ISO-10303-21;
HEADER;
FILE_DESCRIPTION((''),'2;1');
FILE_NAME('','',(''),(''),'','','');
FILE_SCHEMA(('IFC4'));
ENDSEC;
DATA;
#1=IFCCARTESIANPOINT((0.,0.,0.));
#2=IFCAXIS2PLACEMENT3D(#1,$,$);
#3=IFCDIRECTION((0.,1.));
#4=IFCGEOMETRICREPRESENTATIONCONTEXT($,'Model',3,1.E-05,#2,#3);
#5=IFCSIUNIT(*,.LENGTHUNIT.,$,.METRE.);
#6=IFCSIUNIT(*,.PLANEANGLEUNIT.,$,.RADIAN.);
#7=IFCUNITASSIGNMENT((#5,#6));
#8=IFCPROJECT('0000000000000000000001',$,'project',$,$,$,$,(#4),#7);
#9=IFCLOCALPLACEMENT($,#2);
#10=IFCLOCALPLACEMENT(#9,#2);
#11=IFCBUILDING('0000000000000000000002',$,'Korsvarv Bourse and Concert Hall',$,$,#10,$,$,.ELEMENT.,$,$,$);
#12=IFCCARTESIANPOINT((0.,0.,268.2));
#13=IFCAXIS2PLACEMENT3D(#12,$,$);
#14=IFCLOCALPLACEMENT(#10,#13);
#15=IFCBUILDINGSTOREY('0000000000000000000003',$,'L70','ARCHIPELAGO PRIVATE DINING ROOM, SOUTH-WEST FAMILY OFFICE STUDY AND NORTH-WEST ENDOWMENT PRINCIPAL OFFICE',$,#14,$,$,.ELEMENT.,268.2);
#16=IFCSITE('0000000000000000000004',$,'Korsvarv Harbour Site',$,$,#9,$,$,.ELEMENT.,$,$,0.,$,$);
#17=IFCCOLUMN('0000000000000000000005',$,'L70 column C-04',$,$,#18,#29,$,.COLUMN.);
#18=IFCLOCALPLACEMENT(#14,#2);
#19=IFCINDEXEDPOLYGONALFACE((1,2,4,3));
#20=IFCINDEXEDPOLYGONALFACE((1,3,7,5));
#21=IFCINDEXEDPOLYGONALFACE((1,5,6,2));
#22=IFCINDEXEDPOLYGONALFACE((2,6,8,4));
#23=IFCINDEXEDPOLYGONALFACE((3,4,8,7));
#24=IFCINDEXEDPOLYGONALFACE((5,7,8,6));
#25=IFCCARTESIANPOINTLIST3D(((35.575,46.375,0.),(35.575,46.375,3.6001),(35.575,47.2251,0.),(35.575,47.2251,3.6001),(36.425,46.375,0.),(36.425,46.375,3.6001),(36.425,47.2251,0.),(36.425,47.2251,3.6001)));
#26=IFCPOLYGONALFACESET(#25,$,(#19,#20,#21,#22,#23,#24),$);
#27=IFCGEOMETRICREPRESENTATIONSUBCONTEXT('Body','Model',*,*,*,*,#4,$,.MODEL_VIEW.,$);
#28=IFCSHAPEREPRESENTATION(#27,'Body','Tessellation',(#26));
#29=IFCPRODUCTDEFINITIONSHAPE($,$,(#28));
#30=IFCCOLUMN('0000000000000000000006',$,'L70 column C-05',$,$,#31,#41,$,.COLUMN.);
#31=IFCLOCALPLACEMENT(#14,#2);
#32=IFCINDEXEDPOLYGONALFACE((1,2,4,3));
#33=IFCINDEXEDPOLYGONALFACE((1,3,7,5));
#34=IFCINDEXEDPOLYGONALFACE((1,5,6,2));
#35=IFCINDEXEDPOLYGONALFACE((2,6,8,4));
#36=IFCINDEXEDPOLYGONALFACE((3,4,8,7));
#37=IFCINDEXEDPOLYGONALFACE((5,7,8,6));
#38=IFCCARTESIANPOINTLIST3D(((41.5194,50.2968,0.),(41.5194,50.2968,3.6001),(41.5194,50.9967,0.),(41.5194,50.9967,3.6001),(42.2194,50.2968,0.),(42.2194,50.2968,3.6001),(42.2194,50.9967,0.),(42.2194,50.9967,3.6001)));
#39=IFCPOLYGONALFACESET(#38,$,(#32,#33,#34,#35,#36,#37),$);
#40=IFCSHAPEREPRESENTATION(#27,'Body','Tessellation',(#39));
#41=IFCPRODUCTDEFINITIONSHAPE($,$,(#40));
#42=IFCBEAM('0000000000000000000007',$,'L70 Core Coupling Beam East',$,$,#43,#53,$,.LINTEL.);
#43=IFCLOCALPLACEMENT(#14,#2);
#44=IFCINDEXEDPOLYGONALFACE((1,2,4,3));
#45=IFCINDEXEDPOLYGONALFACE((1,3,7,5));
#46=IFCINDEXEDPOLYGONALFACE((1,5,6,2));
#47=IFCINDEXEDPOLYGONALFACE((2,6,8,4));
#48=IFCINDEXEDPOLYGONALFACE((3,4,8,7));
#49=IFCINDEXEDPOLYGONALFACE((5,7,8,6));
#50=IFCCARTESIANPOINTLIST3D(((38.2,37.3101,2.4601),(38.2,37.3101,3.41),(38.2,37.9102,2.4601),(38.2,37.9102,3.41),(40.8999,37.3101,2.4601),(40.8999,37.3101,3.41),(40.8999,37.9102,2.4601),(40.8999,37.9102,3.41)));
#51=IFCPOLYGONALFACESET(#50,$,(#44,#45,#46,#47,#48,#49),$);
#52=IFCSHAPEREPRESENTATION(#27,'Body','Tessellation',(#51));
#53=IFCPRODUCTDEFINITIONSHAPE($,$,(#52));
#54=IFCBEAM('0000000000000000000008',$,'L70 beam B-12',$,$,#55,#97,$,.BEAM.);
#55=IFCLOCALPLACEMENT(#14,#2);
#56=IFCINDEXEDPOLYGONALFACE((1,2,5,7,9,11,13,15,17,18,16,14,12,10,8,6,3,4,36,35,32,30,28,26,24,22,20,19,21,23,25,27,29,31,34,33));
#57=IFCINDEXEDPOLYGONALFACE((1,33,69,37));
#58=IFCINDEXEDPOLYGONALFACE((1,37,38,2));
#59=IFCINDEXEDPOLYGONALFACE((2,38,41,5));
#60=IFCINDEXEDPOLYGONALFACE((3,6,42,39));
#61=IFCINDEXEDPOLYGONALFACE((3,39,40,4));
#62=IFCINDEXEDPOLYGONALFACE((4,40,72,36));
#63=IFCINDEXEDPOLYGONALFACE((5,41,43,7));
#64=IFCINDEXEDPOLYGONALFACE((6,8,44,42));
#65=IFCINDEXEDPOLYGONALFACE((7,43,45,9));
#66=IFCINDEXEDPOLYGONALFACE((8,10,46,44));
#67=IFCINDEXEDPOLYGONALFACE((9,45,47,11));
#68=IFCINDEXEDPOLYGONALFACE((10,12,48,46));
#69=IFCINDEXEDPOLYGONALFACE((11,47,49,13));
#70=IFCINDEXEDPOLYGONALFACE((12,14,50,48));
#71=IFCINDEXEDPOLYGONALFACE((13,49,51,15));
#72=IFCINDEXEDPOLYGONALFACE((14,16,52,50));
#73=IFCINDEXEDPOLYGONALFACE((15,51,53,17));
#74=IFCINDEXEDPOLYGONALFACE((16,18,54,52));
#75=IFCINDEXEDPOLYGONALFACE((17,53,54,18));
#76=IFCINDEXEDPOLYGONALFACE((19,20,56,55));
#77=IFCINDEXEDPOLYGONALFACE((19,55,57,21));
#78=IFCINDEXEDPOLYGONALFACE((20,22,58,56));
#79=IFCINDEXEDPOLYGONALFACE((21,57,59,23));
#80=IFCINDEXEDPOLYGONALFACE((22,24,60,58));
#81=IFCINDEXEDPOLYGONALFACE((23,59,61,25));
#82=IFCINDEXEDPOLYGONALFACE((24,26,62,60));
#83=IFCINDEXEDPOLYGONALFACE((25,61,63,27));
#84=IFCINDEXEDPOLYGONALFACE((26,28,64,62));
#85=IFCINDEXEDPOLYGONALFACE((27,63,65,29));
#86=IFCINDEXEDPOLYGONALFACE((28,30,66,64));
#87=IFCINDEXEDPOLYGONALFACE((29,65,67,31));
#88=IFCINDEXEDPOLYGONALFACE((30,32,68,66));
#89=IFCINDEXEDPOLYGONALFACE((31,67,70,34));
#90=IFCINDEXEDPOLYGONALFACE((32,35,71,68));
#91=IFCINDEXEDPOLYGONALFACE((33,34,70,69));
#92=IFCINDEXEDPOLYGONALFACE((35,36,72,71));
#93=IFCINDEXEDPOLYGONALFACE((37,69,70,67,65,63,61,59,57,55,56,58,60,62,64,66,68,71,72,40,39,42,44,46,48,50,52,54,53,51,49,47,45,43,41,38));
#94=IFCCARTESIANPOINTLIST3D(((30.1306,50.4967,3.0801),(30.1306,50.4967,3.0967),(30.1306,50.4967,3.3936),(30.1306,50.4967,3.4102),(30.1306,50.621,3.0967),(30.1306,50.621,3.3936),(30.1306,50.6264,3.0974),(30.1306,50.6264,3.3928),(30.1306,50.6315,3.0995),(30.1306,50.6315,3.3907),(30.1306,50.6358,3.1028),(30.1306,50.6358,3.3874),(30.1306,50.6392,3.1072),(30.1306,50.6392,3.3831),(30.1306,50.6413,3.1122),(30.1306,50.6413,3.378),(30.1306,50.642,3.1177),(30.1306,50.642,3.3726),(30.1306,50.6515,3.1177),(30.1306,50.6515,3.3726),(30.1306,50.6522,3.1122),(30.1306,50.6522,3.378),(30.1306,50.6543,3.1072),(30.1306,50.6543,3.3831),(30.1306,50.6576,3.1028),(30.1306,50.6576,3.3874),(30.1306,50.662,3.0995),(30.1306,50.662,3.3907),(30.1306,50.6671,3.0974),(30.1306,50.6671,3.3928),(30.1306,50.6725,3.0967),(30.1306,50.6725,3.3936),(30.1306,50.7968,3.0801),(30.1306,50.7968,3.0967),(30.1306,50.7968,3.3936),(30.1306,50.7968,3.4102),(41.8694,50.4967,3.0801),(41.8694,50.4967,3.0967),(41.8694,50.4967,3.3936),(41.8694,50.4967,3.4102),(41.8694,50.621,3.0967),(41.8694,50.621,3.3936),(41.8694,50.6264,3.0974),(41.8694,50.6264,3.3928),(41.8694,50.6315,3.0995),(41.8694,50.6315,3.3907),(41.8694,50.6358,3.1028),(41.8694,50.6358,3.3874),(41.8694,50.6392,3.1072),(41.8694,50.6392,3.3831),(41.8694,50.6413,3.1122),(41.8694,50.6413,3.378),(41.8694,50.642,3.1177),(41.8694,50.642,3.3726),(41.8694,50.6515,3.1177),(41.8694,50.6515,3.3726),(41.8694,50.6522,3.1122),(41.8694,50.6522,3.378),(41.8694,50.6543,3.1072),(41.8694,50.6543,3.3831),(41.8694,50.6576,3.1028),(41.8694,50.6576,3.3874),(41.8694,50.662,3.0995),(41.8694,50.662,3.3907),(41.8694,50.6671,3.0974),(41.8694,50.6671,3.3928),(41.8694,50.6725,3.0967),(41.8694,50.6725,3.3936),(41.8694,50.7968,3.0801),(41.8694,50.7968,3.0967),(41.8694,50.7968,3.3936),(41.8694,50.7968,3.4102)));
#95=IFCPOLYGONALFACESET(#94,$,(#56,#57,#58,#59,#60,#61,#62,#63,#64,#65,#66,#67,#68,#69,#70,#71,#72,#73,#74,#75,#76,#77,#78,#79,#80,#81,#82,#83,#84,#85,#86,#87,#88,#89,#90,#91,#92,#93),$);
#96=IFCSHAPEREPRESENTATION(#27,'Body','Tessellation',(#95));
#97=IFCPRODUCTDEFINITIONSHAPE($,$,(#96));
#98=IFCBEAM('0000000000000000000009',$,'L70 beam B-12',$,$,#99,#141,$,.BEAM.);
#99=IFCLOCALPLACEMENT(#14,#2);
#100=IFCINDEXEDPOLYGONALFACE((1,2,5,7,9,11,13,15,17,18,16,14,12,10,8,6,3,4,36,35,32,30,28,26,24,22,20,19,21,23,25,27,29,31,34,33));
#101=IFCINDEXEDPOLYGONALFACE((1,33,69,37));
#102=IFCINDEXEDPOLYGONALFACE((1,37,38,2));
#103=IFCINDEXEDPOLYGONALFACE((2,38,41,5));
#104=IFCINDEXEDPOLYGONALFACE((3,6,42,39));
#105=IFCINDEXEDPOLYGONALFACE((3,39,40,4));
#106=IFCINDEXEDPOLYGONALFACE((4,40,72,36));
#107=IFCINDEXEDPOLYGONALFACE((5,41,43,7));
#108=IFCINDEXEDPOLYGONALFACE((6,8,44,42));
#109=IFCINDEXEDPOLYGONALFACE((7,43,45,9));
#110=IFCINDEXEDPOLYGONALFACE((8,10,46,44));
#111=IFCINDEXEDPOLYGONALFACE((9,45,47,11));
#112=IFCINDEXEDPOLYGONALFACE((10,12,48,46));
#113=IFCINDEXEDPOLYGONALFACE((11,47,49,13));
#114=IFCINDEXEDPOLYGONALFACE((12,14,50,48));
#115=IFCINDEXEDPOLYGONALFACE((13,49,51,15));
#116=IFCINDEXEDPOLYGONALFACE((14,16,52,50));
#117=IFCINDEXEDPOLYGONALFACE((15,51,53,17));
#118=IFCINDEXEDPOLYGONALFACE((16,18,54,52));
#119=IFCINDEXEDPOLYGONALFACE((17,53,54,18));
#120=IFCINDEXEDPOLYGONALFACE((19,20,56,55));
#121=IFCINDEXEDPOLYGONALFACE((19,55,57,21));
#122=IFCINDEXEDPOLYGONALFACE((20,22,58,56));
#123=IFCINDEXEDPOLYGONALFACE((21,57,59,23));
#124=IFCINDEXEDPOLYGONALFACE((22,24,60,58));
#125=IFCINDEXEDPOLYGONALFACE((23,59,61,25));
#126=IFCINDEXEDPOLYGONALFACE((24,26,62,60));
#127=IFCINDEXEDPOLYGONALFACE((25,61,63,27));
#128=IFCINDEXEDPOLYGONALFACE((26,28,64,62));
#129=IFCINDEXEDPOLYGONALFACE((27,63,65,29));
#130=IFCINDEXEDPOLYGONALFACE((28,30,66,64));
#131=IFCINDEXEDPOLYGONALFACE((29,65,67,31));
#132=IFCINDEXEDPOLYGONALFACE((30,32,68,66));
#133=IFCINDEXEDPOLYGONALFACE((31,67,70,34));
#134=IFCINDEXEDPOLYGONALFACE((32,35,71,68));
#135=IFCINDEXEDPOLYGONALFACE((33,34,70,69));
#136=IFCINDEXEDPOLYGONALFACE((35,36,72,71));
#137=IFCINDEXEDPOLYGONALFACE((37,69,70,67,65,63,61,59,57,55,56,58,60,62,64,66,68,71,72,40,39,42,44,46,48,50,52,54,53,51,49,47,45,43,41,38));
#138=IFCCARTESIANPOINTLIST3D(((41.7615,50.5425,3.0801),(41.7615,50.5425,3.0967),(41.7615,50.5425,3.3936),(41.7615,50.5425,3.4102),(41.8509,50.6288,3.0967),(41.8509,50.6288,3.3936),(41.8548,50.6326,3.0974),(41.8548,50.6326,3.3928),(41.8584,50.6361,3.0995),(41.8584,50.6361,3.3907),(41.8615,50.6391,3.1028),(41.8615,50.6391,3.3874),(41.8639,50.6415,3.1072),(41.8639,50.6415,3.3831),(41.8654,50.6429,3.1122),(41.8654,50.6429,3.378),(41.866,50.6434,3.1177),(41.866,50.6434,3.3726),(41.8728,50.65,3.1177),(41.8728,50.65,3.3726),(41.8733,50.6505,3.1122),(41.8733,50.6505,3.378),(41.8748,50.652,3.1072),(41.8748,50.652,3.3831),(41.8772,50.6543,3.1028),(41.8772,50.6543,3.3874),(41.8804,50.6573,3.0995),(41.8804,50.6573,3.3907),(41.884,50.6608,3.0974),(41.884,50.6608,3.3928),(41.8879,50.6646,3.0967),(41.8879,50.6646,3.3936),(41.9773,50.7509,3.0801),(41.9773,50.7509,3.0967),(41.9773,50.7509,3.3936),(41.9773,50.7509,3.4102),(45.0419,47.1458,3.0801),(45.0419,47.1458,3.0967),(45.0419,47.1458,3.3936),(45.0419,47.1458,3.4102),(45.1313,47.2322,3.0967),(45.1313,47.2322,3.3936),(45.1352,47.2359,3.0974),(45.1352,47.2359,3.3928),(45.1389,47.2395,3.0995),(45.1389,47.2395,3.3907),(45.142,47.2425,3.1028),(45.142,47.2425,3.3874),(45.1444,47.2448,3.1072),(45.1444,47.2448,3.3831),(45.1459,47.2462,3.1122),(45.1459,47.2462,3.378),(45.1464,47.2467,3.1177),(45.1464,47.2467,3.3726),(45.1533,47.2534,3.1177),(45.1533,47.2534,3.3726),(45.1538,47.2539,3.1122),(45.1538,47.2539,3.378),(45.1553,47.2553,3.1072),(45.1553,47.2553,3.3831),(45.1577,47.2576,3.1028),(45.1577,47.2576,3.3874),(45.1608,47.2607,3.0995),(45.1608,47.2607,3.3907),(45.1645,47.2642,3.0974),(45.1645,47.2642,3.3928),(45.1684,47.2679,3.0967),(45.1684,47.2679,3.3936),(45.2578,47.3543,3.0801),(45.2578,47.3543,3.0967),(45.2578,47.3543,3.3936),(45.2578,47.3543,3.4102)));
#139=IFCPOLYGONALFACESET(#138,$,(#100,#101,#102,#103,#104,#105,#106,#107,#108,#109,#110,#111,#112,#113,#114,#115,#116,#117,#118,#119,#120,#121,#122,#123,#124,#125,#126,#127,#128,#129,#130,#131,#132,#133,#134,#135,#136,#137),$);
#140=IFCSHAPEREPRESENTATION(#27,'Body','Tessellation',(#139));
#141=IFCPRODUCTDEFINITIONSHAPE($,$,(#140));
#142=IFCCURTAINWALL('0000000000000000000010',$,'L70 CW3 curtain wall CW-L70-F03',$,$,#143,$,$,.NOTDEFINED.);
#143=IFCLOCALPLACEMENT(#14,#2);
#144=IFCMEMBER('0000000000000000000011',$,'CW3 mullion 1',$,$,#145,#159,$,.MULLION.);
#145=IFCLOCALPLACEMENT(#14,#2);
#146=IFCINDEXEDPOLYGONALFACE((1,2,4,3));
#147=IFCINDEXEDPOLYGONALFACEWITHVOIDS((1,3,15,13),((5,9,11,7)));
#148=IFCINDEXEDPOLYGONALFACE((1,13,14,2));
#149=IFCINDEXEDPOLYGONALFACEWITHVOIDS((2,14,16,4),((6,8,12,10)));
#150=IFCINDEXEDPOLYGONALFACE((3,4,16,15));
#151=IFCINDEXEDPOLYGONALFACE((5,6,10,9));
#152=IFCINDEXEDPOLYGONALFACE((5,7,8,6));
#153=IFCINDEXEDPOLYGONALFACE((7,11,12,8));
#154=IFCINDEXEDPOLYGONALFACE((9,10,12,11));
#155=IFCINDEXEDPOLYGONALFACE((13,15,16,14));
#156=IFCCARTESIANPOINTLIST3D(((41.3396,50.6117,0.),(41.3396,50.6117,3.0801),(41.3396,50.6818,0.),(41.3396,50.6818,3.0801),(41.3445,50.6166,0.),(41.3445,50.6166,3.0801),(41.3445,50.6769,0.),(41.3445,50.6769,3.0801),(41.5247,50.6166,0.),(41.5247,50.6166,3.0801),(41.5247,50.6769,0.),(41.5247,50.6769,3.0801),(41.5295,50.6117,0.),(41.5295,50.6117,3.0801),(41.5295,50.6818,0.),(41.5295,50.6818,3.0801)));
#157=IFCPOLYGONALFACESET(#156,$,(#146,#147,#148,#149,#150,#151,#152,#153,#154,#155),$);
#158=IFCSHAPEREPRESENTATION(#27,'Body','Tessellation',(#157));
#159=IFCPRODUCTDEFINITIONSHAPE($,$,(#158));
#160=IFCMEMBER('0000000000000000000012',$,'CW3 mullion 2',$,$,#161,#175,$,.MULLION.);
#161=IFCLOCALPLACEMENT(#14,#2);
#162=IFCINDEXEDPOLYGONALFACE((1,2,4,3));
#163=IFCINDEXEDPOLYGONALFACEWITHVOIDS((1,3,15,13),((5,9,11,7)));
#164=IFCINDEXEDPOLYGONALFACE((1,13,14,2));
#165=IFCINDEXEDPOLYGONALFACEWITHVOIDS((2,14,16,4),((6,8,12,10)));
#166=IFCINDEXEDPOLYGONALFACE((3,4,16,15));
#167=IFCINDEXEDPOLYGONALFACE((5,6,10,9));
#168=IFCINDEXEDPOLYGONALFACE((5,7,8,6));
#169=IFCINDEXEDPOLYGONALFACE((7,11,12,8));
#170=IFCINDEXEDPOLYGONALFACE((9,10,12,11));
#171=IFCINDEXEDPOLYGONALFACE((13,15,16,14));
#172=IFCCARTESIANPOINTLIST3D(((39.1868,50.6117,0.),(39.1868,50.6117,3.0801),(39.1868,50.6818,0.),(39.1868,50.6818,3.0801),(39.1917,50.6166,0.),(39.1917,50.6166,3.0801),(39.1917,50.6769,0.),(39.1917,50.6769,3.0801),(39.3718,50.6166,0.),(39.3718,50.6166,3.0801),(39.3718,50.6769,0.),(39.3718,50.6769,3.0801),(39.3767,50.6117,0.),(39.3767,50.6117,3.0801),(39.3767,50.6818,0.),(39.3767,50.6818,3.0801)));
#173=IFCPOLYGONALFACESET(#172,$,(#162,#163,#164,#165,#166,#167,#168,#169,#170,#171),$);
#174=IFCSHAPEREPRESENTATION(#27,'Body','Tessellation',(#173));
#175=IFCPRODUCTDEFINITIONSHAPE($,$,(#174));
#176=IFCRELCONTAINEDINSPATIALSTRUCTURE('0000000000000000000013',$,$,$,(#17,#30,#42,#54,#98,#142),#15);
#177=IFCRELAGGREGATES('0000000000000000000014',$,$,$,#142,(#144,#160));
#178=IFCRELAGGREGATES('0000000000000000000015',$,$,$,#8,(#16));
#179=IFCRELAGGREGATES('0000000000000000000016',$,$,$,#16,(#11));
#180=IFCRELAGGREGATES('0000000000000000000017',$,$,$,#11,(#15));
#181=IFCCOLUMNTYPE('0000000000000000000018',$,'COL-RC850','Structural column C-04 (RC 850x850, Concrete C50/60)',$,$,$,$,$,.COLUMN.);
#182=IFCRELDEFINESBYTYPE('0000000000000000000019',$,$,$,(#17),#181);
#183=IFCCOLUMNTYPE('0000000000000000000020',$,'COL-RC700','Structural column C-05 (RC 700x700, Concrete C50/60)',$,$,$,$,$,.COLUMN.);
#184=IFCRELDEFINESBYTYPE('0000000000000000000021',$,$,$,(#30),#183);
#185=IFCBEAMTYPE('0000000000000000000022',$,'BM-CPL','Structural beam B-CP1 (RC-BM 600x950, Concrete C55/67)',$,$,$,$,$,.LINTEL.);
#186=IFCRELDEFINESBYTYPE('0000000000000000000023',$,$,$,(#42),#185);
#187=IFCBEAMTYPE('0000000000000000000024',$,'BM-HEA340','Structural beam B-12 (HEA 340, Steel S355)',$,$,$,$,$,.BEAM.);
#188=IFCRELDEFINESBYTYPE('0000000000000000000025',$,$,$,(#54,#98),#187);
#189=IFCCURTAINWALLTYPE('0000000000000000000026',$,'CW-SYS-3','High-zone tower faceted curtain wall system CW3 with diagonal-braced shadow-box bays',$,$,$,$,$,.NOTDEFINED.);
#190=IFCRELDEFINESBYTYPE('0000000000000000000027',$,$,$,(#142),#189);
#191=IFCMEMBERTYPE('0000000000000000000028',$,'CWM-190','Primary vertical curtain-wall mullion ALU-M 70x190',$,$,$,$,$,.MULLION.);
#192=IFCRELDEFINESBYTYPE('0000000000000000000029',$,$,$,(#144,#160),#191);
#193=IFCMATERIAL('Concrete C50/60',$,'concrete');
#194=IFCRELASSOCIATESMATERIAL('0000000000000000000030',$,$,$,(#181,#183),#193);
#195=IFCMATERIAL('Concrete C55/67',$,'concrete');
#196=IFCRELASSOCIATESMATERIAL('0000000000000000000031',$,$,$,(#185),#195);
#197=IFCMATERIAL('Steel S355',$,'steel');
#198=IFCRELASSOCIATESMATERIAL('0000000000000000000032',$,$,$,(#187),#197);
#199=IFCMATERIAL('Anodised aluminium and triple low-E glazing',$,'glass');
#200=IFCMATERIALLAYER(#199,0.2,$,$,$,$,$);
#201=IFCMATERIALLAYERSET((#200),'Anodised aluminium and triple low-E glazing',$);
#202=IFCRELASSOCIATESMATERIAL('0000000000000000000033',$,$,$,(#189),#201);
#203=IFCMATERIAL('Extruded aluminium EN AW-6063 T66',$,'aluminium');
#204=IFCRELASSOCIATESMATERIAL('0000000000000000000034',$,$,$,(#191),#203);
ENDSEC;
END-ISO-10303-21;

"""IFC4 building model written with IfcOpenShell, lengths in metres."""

from ifc_helpers import new_model, si_unit, direction, frame, origin, origin_2d, place, context, subcontext, project, spatial, rectangle, hollow_rectangle, i_section, extrude, source, transform, mapped, material, layer, layer_set, material_profile, profile_set, type_object, element, aggregate, save


model = new_model("IFC4")

# Units and contexts
model_context = context("Model", 3, precision=1e-05, world=origin(), true_north=direction((0.0, 1.0)))
body_context = subcontext(model_context, "Body", "Model", "MODEL_VIEW")
ifc_project = project(units=[si_unit("LENGTHUNIT", "METRE"), si_unit("PLANEANGLEUNIT", "RADIAN")], contexts=[model_context])

# Site, building, storey
site_placement = place(None, origin())
site = spatial("IfcSite", under=ifc_project, at=site_placement, Name="Korsvarv Harbour Site", CompositionType="ELEMENT", RefElevation=0.0)
building_placement = place(site_placement, origin())
building = spatial("IfcBuilding", under=site, at=building_placement, Name="Korsvarv Bourse and Concert Hall", CompositionType="ELEMENT")
storey_placement = place(building_placement, frame((0.0, 0.0, 268.2)))
storey = spatial("IfcBuildingStorey", under=building, at=storey_placement, Name="L70", Description="ARCHIPELAGO PRIVATE DINING ROOM, SOUTH-WEST FAMILY OFFICE STUDY AND NORTH-WEST ENDOWMENT PRINCIPAL OFFICE", CompositionType="ELEMENT", Elevation=268.2)

# Columns
ifc_material_1 = material(Name="Concrete C50/60", Category="concrete")
ifc_material_profile_1 = material_profile(ifc_material_1, rectangle(XDim=0.8501, YDim=0.8501, at=origin_2d()), Name="RC 850x850")
ifc_profile_set_1 = profile_set([ifc_material_profile_1], Name="Concrete C50/60")
column_type_1 = type_object("IfcColumnType", Name="COL-RC850", Description="Structural column C-04 (RC 850x850, Concrete C50/60)", PredefinedType="COLUMN", material=ifc_profile_set_1)
shared_shape_1 = source(origin(), body_context, "Body", "SweptSolid", [
    extrude(rectangle(XDim=0.8501, YDim=0.8501, at=origin_2d()), origin(), (0.0, 0.0, 1.0), 3.6001),
])
column_1_placement = place(storey_placement, frame((36.0, 46.8, 0.0), z_axis=(0.0, 0.0, 1.0), x_axis=(1.0, 0.0, 0.0)))
element("IfcColumn", 1, at=column_1_placement, inside=storey, type_object=column_type_1, Name="L70 column C-04", PredefinedType="COLUMN", context=body_context, shape_type="MappedRepresentation", body=[
    mapped(shared_shape_1, transform((0.0, 0.0, 0.0), scale=1.0)),
])
ifc_material_profile_2 = material_profile(ifc_material_1, rectangle(XDim=0.7, YDim=0.7, at=origin_2d()), Name="RC 700x700")
ifc_profile_set_2 = profile_set([ifc_material_profile_2], Name="Concrete C50/60")
column_type_2 = type_object("IfcColumnType", Name="COL-RC700", Description="Structural column C-05 (RC 700x700, Concrete C50/60)", PredefinedType="COLUMN", material=ifc_profile_set_2)
shared_shape_2 = source(origin(), body_context, "Body", "SweptSolid", [
    extrude(rectangle(XDim=0.7, YDim=0.7, at=origin_2d()), origin(), (0.0, 0.0, 1.0), 3.6001),
])
column_2_placement = place(storey_placement, frame((41.8694, 50.6467, 0.0), z_axis=(0.0, 0.0, 1.0), x_axis=(1.0, 0.0, 0.0)))
element("IfcColumn", 2, at=column_2_placement, inside=storey, type_object=column_type_2, Name="L70 column C-05", PredefinedType="COLUMN", context=body_context, shape_type="MappedRepresentation", body=[
    mapped(shared_shape_2, transform((0.0, 0.0, 0.0), scale=1.0)),
])

# Beams
ifc_material_2 = material(Name="Concrete C55/67", Category="concrete")
ifc_material_profile_3 = material_profile(ifc_material_2, rectangle(XDim=0.6001, YDim=0.95, at=origin_2d()), Name="RC-BM 600x950")
ifc_profile_set_3 = profile_set([ifc_material_profile_3], Name="Concrete C55/67")
beam_type_1 = type_object("IfcBeamType", Name="BM-CPL", Description="Structural beam B-CP1 (RC-BM 600x950, Concrete C55/67)", PredefinedType="LINTEL", material=ifc_profile_set_3)
shared_shape_3 = source(origin(), body_context, "Body", "SweptSolid", [
    extrude(rectangle(XDim=0.6001, YDim=0.95, at=origin_2d()), origin(), (0.0, 0.0, 1.0), 2.7),
])
beam_1_placement = place(storey_placement, frame((38.2, 37.6101, 2.9351), z_axis=(1.0, 0.0, 0.0), x_axis=(0.0, 1.0, 0.0)))
element("IfcBeam", 3, at=beam_1_placement, inside=storey, type_object=beam_type_1, Name="L70 Core Coupling Beam East", PredefinedType="LINTEL", context=body_context, shape_type="MappedRepresentation", body=[
    mapped(shared_shape_3, transform((0.0, 0.0, 0.0), scale=1.0)),
])
ifc_material_3 = material(Name="Steel S355", Category="steel")
ifc_material_profile_4 = material_profile(ifc_material_3, i_section(OverallWidth=0.3, OverallDepth=0.3301, WebThickness=0.0095, FlangeThickness=0.0166, FilletRadius=0.021, at=origin_2d()), Name="HEA 340")
ifc_profile_set_4 = profile_set([ifc_material_profile_4], Name="Steel S355")
beam_type_2 = type_object("IfcBeamType", Name="BM-HEA340", Description="Structural beam B-12 (HEA 340, Steel S355)", PredefinedType="BEAM", material=ifc_profile_set_4)
shared_shape_4 = source(origin(), body_context, "Body", "SweptSolid", [
    extrude(i_section(OverallWidth=0.3, OverallDepth=0.3301, WebThickness=0.0095, FlangeThickness=0.0166, FilletRadius=0.021, at=origin_2d()), origin(), (0.0, 0.0, 1.0), 11.7388),
])
beam_2_placement = place(storey_placement, frame((41.8694, 50.6467, 3.2451), z_axis=(-1.0, 0.0, 0.0), x_axis=(0.0, -1.0, 0.0)))
element("IfcBeam", 4, at=beam_2_placement, inside=storey, type_object=beam_type_2, Name="L70 beam B-12", PredefinedType="BEAM", context=body_context, shape_type="MappedRepresentation", body=[
    mapped(shared_shape_4, transform((0.0, 0.0, 0.0), scale=1.0)),
])
shared_shape_5 = source(origin(), body_context, "Body", "SweptSolid", [
    extrude(i_section(OverallWidth=0.3, OverallDepth=0.3301, WebThickness=0.0095, FlangeThickness=0.0166, FilletRadius=0.021, at=origin_2d()), origin(), (0.0, 0.0, 1.0), 4.7222),
])
beam_3_placement = place(storey_placement, frame((41.8694, 50.6467, 3.2451), z_axis=(0.694695, -0.719304, 0.0), x_axis=(0.719304, 0.694695, 0.0)))
element("IfcBeam", 5, at=beam_3_placement, inside=storey, type_object=beam_type_2, Name="L70 beam B-12", PredefinedType="BEAM", context=body_context, shape_type="MappedRepresentation", body=[
    mapped(shared_shape_5, transform((0.0, 0.0, 0.0), scale=1.0)),
])

# Curtain wall, members
ifc_material_4 = material(Name="Anodised aluminium and triple low-E glazing", Category="glass")
ifc_layer_1 = layer(ifc_material_4, 0.2)
ifc_layer_set_1 = layer_set([ifc_layer_1], Name="Anodised aluminium and triple low-E glazing")
curtain_wall_type = type_object("IfcCurtainWallType", Name="CW-SYS-3", Description="High-zone tower faceted curtain wall system CW3 with diagonal-braced shadow-box bays", PredefinedType="NOTDEFINED", material=ifc_layer_set_1)
curtain_wall_placement = place(storey_placement, origin())
curtain_wall = element("IfcCurtainWall", 6, at=curtain_wall_placement, inside=storey, type_object=curtain_wall_type, Name="L70 CW3 curtain wall CW-L70-F03", PredefinedType="NOTDEFINED")
ifc_material_5 = material(Name="Extruded aluminium EN AW-6063 T66", Category="aluminium")
ifc_material_profile_5 = material_profile(ifc_material_5, hollow_rectangle(XDim=0.0701, YDim=0.1899, WallThickness=0.0049, at=origin_2d()), Name="ALU-M 70x190")
ifc_profile_set_5 = profile_set([ifc_material_profile_5], Name="Extruded aluminium EN AW-6063 T66")
member_type_1 = type_object("IfcMemberType", Name="CWM-190", Description="Primary vertical curtain-wall mullion ALU-M 70x190", PredefinedType="MULLION", material=ifc_profile_set_5)
shared_shape_6 = source(origin(), body_context, "Body", "SweptSolid", [
    extrude(hollow_rectangle(XDim=0.0701, YDim=0.1899, WallThickness=0.0049, at=origin_2d()), origin(), (0.0, 0.0, 1.0), 3.0801),
])
member_1_placement = place(storey_placement, frame((41.4346, 50.6467, 0.0), z_axis=(0.0, 0.0, 1.0), x_axis=(0.0, -1.0, 0.0)))
member_1 = element("IfcMember", 7, at=member_1_placement, type_object=member_type_1, Name="CW3 mullion 1", PredefinedType="MULLION", context=body_context, shape_type="MappedRepresentation", body=[
    mapped(shared_shape_6, transform((0.0, 0.0, 0.0), scale=1.0)),
])
member_2_placement = place(storey_placement, frame((39.2817, 50.6467, 0.0), z_axis=(0.0, 0.0, 1.0), x_axis=(0.0, -1.0, 0.0)))
member_2 = element("IfcMember", 8, at=member_2_placement, type_object=member_type_1, Name="CW3 mullion 2", PredefinedType="MULLION", context=body_context, shape_type="MappedRepresentation", body=[
    mapped(shared_shape_6, transform((0.0, 0.0, 0.0), scale=1.0)),
])
aggregate(curtain_wall, [member_1, member_2])

save(model, "model.ifc")
